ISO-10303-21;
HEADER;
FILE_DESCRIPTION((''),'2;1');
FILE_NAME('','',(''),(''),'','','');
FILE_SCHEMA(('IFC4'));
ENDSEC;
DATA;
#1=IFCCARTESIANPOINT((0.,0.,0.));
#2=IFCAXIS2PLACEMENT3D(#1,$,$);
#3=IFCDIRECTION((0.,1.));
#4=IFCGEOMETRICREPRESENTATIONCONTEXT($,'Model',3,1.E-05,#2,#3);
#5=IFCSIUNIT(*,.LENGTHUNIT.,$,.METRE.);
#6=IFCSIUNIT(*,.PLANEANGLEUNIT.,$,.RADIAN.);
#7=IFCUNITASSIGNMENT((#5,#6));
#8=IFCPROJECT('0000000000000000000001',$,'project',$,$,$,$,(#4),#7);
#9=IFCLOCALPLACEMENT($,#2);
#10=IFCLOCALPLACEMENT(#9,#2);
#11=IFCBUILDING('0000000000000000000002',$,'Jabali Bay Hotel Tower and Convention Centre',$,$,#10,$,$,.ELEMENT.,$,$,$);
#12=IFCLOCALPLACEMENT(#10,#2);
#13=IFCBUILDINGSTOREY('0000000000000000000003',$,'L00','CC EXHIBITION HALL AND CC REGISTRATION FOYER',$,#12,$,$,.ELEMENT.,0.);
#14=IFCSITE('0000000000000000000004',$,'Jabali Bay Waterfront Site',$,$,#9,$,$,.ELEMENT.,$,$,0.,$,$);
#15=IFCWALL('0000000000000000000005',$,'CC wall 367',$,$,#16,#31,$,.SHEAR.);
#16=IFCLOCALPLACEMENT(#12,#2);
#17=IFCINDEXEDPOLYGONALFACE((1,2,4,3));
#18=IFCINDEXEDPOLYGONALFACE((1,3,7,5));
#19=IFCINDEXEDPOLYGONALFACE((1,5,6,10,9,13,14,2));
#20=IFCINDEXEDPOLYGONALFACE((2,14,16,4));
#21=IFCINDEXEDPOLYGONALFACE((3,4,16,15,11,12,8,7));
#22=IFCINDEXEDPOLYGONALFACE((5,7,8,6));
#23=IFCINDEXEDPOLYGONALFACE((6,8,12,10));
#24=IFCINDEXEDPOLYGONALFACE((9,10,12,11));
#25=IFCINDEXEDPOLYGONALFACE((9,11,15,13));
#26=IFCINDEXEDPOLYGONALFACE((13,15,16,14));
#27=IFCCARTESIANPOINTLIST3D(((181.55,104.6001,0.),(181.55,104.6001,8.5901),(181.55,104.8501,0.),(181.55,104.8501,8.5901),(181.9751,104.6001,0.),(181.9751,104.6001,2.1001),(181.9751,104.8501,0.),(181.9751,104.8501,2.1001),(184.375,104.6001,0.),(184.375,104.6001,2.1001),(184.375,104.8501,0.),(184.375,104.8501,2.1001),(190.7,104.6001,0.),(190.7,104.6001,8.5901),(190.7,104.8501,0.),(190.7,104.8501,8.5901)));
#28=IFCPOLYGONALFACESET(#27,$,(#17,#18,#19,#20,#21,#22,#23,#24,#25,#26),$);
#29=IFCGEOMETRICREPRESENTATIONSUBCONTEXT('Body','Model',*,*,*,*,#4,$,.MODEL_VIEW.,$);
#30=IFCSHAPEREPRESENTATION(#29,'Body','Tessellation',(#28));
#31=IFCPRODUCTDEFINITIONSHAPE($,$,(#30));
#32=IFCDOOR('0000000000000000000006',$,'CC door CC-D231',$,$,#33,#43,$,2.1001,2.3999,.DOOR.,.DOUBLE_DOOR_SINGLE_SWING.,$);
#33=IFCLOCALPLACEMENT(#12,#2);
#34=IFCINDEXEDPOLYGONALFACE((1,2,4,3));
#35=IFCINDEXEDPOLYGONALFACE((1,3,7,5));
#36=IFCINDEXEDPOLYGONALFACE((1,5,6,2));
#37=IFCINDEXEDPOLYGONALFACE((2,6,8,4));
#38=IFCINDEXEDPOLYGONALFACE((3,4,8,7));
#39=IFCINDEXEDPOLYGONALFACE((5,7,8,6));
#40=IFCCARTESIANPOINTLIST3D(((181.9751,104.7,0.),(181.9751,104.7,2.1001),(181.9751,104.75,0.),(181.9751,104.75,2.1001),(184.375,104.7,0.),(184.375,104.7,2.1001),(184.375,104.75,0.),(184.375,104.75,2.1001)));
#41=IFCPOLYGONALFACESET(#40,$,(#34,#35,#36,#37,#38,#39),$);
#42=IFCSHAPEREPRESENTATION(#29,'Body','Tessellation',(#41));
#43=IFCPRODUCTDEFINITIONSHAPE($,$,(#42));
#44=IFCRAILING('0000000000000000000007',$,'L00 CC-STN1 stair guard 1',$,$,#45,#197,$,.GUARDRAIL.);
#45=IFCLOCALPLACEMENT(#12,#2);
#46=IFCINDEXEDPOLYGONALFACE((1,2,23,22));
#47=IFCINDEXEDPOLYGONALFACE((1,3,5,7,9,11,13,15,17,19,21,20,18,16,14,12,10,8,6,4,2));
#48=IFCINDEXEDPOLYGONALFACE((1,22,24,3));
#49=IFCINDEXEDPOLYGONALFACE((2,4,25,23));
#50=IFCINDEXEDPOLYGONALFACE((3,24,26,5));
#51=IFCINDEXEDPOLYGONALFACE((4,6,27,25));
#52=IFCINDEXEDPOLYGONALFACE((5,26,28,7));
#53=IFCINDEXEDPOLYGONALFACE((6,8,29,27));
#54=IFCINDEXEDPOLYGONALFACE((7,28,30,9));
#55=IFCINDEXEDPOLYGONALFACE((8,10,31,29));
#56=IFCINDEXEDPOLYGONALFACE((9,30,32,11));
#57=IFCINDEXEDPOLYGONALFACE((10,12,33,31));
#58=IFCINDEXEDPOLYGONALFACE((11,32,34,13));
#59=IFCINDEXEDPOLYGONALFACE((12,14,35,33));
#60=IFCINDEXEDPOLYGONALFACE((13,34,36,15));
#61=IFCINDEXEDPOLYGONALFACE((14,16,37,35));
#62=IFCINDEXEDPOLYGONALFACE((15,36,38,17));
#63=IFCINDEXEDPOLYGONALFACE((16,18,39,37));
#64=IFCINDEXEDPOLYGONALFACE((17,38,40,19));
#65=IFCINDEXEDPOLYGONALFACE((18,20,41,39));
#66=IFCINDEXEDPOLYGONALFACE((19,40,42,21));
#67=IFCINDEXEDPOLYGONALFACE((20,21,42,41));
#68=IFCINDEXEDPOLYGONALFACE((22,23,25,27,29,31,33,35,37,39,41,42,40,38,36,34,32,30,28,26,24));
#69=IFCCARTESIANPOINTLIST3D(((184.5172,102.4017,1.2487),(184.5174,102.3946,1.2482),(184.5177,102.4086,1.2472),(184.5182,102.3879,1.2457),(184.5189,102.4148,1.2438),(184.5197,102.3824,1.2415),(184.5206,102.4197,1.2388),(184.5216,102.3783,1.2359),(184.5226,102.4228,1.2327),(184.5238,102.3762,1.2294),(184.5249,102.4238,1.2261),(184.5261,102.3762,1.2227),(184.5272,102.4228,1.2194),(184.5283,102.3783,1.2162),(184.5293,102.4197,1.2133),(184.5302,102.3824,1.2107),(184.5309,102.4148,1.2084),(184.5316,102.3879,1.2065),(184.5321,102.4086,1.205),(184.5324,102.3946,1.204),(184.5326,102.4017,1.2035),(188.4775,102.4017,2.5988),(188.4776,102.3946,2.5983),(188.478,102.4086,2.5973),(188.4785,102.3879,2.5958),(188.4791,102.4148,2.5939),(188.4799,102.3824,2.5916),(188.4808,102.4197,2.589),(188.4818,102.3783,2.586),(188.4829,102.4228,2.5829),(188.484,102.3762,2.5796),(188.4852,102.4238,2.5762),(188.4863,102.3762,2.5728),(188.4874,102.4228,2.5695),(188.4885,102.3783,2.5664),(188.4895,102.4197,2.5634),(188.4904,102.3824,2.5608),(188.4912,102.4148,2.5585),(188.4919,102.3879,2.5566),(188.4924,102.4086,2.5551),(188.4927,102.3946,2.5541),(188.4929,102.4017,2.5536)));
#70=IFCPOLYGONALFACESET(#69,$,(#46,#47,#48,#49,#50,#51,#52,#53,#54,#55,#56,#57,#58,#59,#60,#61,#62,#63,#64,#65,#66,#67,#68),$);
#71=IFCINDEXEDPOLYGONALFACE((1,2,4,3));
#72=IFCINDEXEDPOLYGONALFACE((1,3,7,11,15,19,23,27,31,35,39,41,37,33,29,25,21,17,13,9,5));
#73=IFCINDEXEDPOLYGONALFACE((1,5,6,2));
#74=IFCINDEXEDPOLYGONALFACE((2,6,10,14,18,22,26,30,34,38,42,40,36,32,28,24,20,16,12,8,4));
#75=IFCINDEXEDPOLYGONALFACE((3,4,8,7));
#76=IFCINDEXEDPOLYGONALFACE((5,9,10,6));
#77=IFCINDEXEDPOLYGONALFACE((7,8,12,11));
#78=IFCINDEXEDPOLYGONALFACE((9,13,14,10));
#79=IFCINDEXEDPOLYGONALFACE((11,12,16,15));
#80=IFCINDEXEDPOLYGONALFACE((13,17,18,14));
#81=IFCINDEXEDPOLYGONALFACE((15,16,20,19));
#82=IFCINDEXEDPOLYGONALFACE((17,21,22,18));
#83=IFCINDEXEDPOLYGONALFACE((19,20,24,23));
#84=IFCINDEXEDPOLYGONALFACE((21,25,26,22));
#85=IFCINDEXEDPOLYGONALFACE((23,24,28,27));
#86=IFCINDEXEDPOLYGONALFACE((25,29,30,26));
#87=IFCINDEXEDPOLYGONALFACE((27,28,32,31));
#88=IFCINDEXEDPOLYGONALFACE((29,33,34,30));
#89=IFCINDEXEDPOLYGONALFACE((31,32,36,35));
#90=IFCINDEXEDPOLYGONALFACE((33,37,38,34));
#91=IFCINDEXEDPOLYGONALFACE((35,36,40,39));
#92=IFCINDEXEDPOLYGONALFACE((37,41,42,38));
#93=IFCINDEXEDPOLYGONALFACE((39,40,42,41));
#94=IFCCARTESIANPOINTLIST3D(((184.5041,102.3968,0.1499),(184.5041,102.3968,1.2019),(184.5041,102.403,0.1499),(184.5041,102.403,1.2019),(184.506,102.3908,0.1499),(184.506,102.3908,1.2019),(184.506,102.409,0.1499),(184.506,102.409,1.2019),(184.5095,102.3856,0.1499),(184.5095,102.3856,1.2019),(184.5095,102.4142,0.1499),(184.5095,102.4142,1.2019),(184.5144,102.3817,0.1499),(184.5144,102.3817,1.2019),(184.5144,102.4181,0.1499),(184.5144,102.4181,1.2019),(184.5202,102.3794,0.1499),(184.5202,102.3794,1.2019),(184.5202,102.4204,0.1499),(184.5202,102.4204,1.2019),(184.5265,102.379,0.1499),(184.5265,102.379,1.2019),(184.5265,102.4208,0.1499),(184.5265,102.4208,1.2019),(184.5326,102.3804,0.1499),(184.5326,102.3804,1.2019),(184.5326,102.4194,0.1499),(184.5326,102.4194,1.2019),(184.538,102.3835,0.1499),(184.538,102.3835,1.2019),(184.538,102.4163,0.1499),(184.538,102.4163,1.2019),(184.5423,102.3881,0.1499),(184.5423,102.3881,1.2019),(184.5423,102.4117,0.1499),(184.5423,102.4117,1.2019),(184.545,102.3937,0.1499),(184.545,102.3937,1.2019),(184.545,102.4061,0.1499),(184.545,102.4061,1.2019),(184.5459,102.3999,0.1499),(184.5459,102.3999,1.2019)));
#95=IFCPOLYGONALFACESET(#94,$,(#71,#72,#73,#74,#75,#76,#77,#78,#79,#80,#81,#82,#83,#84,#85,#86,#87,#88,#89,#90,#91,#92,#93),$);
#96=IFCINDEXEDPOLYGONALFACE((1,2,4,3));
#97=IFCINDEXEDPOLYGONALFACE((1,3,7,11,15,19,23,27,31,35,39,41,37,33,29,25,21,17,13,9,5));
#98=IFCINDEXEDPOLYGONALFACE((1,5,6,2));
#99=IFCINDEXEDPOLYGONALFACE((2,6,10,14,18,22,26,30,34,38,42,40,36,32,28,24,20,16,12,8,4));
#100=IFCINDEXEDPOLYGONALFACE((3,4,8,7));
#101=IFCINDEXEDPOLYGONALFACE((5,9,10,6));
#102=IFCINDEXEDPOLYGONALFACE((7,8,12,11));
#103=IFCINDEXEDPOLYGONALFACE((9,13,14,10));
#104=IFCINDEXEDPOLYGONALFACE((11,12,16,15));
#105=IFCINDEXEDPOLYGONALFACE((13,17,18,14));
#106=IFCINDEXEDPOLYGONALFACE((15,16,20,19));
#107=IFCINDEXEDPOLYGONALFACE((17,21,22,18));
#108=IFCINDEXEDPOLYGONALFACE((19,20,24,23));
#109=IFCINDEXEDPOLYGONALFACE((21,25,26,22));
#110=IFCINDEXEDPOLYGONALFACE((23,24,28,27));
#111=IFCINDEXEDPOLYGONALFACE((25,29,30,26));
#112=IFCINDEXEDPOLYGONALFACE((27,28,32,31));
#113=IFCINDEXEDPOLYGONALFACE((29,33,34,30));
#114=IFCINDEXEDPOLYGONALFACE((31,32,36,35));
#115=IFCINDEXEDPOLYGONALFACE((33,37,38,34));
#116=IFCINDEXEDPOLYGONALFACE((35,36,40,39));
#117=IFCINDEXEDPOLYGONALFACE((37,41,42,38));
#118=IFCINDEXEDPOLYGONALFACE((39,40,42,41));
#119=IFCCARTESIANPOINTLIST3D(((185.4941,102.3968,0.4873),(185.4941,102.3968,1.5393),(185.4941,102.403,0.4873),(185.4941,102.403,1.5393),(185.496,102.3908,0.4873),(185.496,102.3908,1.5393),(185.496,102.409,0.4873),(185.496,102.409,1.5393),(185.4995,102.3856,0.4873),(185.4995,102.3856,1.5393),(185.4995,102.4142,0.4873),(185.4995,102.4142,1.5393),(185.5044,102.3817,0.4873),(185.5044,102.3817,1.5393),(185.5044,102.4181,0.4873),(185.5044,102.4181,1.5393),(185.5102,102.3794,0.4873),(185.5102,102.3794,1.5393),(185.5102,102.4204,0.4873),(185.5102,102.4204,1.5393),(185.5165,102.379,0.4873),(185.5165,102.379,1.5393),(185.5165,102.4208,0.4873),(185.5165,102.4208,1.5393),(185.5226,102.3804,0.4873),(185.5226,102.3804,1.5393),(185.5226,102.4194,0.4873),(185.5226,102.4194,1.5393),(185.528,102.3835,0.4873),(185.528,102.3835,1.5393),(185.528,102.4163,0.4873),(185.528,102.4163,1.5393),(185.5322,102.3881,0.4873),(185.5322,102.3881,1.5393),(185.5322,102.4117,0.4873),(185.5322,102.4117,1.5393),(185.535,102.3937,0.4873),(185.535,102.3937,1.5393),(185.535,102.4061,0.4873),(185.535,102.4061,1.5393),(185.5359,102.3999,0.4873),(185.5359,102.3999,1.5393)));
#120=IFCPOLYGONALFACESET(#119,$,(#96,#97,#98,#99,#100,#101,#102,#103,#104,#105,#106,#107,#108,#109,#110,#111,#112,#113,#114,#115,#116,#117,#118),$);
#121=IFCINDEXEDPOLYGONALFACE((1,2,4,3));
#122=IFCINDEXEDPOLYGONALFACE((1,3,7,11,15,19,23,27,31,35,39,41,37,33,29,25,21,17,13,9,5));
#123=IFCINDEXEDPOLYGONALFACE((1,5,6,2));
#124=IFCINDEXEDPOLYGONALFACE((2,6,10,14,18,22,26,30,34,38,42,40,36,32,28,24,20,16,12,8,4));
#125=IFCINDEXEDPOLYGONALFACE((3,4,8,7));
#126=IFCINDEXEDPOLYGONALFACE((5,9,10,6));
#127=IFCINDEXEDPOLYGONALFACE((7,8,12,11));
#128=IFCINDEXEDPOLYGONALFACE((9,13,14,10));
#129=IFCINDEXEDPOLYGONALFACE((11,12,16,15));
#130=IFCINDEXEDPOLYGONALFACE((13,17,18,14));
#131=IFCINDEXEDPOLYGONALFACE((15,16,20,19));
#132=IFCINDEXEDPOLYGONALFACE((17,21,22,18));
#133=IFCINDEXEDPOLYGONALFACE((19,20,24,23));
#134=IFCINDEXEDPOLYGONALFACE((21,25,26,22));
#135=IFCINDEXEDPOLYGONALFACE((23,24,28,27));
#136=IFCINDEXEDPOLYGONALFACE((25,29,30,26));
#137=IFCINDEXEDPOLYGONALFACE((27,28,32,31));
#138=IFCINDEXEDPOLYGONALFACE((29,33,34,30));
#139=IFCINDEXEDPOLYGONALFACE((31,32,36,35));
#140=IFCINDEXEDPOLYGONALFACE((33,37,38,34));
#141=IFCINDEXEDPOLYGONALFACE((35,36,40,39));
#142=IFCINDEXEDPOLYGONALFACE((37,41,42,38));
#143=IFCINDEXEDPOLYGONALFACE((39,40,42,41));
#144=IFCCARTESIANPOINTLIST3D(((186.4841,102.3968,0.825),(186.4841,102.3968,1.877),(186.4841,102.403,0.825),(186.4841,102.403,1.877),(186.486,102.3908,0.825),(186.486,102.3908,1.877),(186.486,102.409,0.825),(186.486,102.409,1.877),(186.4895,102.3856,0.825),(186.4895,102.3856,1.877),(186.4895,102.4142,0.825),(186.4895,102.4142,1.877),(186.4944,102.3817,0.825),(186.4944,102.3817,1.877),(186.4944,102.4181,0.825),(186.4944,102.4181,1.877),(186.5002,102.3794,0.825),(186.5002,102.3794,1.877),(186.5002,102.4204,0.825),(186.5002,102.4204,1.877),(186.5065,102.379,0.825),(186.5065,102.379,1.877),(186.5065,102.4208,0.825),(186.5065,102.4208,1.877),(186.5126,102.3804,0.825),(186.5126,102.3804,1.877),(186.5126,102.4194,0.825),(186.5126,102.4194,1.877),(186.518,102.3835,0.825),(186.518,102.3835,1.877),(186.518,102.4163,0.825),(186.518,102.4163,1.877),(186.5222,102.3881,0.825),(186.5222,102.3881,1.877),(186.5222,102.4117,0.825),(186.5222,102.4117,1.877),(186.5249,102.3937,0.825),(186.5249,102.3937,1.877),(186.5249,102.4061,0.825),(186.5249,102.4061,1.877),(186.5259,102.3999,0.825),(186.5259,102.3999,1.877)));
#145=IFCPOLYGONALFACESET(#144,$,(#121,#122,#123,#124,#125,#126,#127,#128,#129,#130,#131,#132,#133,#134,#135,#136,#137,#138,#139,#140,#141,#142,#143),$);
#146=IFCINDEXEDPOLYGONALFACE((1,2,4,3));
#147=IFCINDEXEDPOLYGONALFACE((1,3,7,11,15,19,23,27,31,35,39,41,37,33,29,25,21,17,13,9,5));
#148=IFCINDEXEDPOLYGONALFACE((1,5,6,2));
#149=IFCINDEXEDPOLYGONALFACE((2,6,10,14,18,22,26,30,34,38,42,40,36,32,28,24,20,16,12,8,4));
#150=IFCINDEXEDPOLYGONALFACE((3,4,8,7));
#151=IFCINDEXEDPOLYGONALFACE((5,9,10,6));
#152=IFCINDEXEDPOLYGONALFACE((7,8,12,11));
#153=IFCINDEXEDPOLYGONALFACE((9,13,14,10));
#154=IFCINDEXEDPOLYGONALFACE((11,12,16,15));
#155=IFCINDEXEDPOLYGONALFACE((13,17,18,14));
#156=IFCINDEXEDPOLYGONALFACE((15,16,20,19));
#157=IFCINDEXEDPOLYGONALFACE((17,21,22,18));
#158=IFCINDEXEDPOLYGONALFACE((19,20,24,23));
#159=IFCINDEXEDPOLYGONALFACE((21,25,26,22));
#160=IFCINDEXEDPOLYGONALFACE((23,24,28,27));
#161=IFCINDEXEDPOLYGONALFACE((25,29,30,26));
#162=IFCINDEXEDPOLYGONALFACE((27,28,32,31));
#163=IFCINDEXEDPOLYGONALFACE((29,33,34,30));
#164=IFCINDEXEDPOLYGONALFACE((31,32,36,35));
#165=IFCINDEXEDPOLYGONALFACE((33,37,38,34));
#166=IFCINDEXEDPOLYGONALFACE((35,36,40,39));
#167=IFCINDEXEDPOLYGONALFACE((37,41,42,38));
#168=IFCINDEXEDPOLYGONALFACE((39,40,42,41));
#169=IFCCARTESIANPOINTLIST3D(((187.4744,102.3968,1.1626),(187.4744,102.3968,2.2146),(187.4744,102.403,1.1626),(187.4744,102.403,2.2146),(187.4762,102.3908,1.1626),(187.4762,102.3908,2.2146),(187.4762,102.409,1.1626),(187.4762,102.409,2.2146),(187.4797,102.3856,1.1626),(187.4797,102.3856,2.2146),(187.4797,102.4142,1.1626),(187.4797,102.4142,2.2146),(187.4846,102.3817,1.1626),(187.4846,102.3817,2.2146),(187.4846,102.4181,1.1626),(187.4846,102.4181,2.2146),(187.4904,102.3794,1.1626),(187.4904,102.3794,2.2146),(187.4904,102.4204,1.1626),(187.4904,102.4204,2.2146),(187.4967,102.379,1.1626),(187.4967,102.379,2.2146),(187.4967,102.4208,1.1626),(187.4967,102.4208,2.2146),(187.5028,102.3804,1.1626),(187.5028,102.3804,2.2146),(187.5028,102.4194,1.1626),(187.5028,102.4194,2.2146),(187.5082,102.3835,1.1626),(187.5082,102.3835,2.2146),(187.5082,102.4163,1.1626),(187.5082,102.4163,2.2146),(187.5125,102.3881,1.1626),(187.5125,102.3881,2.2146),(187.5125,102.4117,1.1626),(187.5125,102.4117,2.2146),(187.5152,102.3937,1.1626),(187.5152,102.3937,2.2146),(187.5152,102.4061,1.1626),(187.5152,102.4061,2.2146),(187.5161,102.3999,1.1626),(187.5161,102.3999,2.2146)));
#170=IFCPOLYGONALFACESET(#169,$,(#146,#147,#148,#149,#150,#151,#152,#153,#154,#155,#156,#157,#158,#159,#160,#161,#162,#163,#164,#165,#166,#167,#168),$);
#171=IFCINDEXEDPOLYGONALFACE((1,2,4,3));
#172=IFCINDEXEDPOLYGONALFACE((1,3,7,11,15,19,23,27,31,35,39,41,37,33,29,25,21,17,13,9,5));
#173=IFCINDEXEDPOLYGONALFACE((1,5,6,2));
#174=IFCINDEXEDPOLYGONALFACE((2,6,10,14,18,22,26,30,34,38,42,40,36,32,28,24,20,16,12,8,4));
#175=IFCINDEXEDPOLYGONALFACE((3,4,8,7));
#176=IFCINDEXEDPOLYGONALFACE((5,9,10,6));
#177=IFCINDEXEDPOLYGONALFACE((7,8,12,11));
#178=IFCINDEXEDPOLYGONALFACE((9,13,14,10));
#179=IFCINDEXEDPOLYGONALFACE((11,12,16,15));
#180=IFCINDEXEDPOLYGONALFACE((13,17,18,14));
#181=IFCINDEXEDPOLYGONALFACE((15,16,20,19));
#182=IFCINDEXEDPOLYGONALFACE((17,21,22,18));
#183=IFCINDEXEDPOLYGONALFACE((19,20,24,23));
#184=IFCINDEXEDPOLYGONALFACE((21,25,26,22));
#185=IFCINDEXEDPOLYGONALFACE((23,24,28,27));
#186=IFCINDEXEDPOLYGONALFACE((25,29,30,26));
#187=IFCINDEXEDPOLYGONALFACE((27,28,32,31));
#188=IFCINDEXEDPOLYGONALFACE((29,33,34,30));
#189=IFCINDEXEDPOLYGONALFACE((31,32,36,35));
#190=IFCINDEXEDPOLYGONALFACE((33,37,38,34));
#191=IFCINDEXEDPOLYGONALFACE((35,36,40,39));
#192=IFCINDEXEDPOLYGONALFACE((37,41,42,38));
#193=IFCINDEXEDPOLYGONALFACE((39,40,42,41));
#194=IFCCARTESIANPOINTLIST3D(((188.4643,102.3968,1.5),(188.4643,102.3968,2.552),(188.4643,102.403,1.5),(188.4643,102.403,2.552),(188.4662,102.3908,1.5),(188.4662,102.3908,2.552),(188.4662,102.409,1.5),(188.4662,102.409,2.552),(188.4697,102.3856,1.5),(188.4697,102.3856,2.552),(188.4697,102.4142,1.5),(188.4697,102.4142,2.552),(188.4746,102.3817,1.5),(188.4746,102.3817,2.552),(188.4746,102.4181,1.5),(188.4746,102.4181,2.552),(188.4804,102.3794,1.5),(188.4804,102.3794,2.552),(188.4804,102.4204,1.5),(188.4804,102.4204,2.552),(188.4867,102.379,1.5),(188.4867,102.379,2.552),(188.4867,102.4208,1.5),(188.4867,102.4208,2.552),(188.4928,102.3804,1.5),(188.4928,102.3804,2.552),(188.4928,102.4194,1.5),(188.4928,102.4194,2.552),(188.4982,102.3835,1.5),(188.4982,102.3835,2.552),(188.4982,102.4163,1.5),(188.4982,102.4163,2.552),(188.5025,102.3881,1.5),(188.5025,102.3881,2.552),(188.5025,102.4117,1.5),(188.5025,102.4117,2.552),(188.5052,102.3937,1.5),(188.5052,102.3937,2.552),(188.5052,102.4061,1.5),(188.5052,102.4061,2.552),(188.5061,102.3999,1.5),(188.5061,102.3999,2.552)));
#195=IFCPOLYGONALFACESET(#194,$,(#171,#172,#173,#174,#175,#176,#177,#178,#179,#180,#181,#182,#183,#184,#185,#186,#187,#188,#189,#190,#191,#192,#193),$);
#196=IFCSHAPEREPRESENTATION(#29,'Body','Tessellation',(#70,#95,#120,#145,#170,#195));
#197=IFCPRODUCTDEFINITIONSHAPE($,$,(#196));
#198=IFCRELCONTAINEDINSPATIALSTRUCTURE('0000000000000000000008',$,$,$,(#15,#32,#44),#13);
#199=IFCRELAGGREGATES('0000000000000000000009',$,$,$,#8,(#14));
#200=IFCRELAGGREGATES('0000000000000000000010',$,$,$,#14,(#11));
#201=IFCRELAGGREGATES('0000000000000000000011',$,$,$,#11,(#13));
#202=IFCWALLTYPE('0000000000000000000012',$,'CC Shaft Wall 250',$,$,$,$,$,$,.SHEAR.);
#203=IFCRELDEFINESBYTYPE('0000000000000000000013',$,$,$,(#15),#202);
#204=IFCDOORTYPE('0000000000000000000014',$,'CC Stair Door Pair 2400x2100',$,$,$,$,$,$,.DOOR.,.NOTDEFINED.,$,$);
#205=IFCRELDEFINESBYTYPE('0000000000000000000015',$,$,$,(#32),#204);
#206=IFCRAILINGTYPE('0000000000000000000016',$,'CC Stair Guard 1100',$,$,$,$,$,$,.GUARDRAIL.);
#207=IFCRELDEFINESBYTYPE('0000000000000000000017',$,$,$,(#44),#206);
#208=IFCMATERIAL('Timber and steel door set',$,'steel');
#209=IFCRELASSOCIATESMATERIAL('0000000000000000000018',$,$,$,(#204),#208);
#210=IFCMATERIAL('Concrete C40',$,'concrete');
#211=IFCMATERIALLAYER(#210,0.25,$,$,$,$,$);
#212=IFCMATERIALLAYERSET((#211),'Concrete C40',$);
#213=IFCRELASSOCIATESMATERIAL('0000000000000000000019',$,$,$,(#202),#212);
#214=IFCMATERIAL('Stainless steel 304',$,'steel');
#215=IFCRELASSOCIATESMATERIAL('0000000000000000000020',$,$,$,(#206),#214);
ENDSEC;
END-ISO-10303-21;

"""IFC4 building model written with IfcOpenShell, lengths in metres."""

from ifc_helpers import new_model, si_unit, direction, frame, frame_2d, origin, origin_2d, place, context, subcontext, project, spatial, rectangle, circle, extrude, material, layer, layer_set, type_object, element, fill, save


model = new_model("IFC4")

# Units and contexts
model_context = context("Model", 3, precision=1e-05, world=origin(), true_north=direction((0.0, 1.0)))
body_context = subcontext(model_context, "Body", "Model", "MODEL_VIEW")
ifc_project = project(units=[si_unit("LENGTHUNIT", "METRE"), si_unit("PLANEANGLEUNIT", "RADIAN")], contexts=[model_context])

# Site, building, storey
site_placement = place(None, origin())
site = spatial("IfcSite", under=ifc_project, at=site_placement, Name="Jabali Bay Waterfront Site", CompositionType="ELEMENT", RefElevation=0.0)
building_placement = place(site_placement, origin())
building = spatial("IfcBuilding", under=site, at=building_placement, Name="Jabali Bay Hotel Tower and Convention Centre", CompositionType="ELEMENT")
storey_placement = place(building_placement, origin())
storey = spatial("IfcBuildingStorey", under=building, at=storey_placement, Name="L00", Description="CC EXHIBITION HALL AND CC REGISTRATION FOYER", CompositionType="ELEMENT", Elevation=0.0)

# Shared definitions
ifc_material_1 = material(Name="Concrete C40", Category="concrete")
ifc_material_2 = material(Name="Timber and steel door set", Category="steel")
door_type_1 = type_object("IfcDoorType", Name="CC Stair Door Pair 2400x2100", OperationType="NOTDEFINED", PredefinedType="DOOR", material=ifc_material_2)

# Wall, opening, door
ifc_layer_1 = layer(ifc_material_1, 0.25)
ifc_layer_set_1 = layer_set([ifc_layer_1], Name="Concrete C40")
wall_type_1 = type_object("IfcWallType", Name="CC Shaft Wall 250", PredefinedType="SHEAR", material=ifc_layer_set_1)
wall_1_placement = place(storey_placement, frame((181.55, 104.7251, 0.0), z_axis=(0.0, 0.0, 1.0), x_axis=(1.0, 0.0, 0.0)))
wall_1 = element("IfcWall", 1, at=wall_1_placement, inside=storey, type_object=wall_type_1, Name="CC wall 367", PredefinedType="SHEAR", context=body_context, shape_type="SweptSolid", body=[
    extrude(rectangle(XDim=9.1499, YDim=0.25, at=frame_2d((4.575, 0.0))), origin(), (0.0, 0.0, 1.0), 8.5901),
])
opening_1_placement = place(wall_1_placement, frame((0.425, 0.0, 0.0)))
opening_1 = element("IfcOpeningElement", 2, at=opening_1_placement, cuts=wall_1, PredefinedType="OPENING", context=body_context, shape_type="SweptSolid", body=[
    extrude(rectangle(XDim=2.3999, YDim=2.1001, at=frame_2d((1.2, 1.05))), frame((0.0, 0.1355, 0.0), z_axis=(0.0, -1.0, 0.0), x_axis=(1.0, 0.0, 0.0)), (0.0, 0.0, 1.0), 0.271),
])
door_1_placement = place(opening_1_placement, origin())
door_1 = element("IfcDoor", 3, at=door_1_placement, inside=storey, type_object=door_type_1, Name="CC door CC-D231", OperationType="DOUBLE_DOOR_SINGLE_SWING", OverallHeight=2.1001, OverallWidth=2.3999, PredefinedType="DOOR", context=body_context, shape_type="SweptSolid", body=[
    extrude(rectangle(XDim=2.3999, YDim=2.1001, at=frame_2d((1.2, 1.05))), frame((0.0, 0.0249, 0.0), z_axis=(0.0, -1.0, 0.0), x_axis=(1.0, 0.0, 0.0)), (0.0, 0.0, 1.0), 0.05),
])
fill(opening_1, door_1)

# Railing
ifc_material_3 = material(Name="Stainless steel 304", Category="steel")
railing_type = type_object("IfcRailingType", Name="CC Stair Guard 1100", PredefinedType="GUARDRAIL", material=ifc_material_3)
railing_1_placement = place(storey_placement, frame((184.5249, 102.3999, 0.1499)))
element("IfcRailing", 4, at=railing_1_placement, inside=storey, type_object=railing_type, Name="L00 CC-STN1 stair guard 1", PredefinedType="GUARDRAIL", context=body_context, shape_type="SweptSolid", body=[
    extrude(circle(Radius=0.0239, at=origin_2d()), frame((0.0, 0.0, 1.0762), z_axis=(0.946508, 0.0, 0.32268), x_axis=(0.0, 1.0, 0.0)), (0.0, 0.0, 1.0), 4.1841),
    extrude(circle(Radius=0.021, at=origin_2d()), origin(), (0.0, 0.0, 1.0), 1.052),
    extrude(circle(Radius=0.021, at=origin_2d()), frame((0.99, 0.0, 0.3374)), (0.0, 0.0, 1.0), 1.052),
    extrude(circle(Radius=0.021, at=origin_2d()), frame((1.98, 0.0, 0.675)), (0.0, 0.0, 1.0), 1.052),
    extrude(circle(Radius=0.021, at=origin_2d()), frame((2.9702, 0.0, 1.0127)), (0.0, 0.0, 1.0), 1.052),
    extrude(circle(Radius=0.021, at=origin_2d()), frame((3.9602, 0.0, 1.3501)), (0.0, 0.0, 1.0), 1.052),
])

save(model, "model.ifc")
